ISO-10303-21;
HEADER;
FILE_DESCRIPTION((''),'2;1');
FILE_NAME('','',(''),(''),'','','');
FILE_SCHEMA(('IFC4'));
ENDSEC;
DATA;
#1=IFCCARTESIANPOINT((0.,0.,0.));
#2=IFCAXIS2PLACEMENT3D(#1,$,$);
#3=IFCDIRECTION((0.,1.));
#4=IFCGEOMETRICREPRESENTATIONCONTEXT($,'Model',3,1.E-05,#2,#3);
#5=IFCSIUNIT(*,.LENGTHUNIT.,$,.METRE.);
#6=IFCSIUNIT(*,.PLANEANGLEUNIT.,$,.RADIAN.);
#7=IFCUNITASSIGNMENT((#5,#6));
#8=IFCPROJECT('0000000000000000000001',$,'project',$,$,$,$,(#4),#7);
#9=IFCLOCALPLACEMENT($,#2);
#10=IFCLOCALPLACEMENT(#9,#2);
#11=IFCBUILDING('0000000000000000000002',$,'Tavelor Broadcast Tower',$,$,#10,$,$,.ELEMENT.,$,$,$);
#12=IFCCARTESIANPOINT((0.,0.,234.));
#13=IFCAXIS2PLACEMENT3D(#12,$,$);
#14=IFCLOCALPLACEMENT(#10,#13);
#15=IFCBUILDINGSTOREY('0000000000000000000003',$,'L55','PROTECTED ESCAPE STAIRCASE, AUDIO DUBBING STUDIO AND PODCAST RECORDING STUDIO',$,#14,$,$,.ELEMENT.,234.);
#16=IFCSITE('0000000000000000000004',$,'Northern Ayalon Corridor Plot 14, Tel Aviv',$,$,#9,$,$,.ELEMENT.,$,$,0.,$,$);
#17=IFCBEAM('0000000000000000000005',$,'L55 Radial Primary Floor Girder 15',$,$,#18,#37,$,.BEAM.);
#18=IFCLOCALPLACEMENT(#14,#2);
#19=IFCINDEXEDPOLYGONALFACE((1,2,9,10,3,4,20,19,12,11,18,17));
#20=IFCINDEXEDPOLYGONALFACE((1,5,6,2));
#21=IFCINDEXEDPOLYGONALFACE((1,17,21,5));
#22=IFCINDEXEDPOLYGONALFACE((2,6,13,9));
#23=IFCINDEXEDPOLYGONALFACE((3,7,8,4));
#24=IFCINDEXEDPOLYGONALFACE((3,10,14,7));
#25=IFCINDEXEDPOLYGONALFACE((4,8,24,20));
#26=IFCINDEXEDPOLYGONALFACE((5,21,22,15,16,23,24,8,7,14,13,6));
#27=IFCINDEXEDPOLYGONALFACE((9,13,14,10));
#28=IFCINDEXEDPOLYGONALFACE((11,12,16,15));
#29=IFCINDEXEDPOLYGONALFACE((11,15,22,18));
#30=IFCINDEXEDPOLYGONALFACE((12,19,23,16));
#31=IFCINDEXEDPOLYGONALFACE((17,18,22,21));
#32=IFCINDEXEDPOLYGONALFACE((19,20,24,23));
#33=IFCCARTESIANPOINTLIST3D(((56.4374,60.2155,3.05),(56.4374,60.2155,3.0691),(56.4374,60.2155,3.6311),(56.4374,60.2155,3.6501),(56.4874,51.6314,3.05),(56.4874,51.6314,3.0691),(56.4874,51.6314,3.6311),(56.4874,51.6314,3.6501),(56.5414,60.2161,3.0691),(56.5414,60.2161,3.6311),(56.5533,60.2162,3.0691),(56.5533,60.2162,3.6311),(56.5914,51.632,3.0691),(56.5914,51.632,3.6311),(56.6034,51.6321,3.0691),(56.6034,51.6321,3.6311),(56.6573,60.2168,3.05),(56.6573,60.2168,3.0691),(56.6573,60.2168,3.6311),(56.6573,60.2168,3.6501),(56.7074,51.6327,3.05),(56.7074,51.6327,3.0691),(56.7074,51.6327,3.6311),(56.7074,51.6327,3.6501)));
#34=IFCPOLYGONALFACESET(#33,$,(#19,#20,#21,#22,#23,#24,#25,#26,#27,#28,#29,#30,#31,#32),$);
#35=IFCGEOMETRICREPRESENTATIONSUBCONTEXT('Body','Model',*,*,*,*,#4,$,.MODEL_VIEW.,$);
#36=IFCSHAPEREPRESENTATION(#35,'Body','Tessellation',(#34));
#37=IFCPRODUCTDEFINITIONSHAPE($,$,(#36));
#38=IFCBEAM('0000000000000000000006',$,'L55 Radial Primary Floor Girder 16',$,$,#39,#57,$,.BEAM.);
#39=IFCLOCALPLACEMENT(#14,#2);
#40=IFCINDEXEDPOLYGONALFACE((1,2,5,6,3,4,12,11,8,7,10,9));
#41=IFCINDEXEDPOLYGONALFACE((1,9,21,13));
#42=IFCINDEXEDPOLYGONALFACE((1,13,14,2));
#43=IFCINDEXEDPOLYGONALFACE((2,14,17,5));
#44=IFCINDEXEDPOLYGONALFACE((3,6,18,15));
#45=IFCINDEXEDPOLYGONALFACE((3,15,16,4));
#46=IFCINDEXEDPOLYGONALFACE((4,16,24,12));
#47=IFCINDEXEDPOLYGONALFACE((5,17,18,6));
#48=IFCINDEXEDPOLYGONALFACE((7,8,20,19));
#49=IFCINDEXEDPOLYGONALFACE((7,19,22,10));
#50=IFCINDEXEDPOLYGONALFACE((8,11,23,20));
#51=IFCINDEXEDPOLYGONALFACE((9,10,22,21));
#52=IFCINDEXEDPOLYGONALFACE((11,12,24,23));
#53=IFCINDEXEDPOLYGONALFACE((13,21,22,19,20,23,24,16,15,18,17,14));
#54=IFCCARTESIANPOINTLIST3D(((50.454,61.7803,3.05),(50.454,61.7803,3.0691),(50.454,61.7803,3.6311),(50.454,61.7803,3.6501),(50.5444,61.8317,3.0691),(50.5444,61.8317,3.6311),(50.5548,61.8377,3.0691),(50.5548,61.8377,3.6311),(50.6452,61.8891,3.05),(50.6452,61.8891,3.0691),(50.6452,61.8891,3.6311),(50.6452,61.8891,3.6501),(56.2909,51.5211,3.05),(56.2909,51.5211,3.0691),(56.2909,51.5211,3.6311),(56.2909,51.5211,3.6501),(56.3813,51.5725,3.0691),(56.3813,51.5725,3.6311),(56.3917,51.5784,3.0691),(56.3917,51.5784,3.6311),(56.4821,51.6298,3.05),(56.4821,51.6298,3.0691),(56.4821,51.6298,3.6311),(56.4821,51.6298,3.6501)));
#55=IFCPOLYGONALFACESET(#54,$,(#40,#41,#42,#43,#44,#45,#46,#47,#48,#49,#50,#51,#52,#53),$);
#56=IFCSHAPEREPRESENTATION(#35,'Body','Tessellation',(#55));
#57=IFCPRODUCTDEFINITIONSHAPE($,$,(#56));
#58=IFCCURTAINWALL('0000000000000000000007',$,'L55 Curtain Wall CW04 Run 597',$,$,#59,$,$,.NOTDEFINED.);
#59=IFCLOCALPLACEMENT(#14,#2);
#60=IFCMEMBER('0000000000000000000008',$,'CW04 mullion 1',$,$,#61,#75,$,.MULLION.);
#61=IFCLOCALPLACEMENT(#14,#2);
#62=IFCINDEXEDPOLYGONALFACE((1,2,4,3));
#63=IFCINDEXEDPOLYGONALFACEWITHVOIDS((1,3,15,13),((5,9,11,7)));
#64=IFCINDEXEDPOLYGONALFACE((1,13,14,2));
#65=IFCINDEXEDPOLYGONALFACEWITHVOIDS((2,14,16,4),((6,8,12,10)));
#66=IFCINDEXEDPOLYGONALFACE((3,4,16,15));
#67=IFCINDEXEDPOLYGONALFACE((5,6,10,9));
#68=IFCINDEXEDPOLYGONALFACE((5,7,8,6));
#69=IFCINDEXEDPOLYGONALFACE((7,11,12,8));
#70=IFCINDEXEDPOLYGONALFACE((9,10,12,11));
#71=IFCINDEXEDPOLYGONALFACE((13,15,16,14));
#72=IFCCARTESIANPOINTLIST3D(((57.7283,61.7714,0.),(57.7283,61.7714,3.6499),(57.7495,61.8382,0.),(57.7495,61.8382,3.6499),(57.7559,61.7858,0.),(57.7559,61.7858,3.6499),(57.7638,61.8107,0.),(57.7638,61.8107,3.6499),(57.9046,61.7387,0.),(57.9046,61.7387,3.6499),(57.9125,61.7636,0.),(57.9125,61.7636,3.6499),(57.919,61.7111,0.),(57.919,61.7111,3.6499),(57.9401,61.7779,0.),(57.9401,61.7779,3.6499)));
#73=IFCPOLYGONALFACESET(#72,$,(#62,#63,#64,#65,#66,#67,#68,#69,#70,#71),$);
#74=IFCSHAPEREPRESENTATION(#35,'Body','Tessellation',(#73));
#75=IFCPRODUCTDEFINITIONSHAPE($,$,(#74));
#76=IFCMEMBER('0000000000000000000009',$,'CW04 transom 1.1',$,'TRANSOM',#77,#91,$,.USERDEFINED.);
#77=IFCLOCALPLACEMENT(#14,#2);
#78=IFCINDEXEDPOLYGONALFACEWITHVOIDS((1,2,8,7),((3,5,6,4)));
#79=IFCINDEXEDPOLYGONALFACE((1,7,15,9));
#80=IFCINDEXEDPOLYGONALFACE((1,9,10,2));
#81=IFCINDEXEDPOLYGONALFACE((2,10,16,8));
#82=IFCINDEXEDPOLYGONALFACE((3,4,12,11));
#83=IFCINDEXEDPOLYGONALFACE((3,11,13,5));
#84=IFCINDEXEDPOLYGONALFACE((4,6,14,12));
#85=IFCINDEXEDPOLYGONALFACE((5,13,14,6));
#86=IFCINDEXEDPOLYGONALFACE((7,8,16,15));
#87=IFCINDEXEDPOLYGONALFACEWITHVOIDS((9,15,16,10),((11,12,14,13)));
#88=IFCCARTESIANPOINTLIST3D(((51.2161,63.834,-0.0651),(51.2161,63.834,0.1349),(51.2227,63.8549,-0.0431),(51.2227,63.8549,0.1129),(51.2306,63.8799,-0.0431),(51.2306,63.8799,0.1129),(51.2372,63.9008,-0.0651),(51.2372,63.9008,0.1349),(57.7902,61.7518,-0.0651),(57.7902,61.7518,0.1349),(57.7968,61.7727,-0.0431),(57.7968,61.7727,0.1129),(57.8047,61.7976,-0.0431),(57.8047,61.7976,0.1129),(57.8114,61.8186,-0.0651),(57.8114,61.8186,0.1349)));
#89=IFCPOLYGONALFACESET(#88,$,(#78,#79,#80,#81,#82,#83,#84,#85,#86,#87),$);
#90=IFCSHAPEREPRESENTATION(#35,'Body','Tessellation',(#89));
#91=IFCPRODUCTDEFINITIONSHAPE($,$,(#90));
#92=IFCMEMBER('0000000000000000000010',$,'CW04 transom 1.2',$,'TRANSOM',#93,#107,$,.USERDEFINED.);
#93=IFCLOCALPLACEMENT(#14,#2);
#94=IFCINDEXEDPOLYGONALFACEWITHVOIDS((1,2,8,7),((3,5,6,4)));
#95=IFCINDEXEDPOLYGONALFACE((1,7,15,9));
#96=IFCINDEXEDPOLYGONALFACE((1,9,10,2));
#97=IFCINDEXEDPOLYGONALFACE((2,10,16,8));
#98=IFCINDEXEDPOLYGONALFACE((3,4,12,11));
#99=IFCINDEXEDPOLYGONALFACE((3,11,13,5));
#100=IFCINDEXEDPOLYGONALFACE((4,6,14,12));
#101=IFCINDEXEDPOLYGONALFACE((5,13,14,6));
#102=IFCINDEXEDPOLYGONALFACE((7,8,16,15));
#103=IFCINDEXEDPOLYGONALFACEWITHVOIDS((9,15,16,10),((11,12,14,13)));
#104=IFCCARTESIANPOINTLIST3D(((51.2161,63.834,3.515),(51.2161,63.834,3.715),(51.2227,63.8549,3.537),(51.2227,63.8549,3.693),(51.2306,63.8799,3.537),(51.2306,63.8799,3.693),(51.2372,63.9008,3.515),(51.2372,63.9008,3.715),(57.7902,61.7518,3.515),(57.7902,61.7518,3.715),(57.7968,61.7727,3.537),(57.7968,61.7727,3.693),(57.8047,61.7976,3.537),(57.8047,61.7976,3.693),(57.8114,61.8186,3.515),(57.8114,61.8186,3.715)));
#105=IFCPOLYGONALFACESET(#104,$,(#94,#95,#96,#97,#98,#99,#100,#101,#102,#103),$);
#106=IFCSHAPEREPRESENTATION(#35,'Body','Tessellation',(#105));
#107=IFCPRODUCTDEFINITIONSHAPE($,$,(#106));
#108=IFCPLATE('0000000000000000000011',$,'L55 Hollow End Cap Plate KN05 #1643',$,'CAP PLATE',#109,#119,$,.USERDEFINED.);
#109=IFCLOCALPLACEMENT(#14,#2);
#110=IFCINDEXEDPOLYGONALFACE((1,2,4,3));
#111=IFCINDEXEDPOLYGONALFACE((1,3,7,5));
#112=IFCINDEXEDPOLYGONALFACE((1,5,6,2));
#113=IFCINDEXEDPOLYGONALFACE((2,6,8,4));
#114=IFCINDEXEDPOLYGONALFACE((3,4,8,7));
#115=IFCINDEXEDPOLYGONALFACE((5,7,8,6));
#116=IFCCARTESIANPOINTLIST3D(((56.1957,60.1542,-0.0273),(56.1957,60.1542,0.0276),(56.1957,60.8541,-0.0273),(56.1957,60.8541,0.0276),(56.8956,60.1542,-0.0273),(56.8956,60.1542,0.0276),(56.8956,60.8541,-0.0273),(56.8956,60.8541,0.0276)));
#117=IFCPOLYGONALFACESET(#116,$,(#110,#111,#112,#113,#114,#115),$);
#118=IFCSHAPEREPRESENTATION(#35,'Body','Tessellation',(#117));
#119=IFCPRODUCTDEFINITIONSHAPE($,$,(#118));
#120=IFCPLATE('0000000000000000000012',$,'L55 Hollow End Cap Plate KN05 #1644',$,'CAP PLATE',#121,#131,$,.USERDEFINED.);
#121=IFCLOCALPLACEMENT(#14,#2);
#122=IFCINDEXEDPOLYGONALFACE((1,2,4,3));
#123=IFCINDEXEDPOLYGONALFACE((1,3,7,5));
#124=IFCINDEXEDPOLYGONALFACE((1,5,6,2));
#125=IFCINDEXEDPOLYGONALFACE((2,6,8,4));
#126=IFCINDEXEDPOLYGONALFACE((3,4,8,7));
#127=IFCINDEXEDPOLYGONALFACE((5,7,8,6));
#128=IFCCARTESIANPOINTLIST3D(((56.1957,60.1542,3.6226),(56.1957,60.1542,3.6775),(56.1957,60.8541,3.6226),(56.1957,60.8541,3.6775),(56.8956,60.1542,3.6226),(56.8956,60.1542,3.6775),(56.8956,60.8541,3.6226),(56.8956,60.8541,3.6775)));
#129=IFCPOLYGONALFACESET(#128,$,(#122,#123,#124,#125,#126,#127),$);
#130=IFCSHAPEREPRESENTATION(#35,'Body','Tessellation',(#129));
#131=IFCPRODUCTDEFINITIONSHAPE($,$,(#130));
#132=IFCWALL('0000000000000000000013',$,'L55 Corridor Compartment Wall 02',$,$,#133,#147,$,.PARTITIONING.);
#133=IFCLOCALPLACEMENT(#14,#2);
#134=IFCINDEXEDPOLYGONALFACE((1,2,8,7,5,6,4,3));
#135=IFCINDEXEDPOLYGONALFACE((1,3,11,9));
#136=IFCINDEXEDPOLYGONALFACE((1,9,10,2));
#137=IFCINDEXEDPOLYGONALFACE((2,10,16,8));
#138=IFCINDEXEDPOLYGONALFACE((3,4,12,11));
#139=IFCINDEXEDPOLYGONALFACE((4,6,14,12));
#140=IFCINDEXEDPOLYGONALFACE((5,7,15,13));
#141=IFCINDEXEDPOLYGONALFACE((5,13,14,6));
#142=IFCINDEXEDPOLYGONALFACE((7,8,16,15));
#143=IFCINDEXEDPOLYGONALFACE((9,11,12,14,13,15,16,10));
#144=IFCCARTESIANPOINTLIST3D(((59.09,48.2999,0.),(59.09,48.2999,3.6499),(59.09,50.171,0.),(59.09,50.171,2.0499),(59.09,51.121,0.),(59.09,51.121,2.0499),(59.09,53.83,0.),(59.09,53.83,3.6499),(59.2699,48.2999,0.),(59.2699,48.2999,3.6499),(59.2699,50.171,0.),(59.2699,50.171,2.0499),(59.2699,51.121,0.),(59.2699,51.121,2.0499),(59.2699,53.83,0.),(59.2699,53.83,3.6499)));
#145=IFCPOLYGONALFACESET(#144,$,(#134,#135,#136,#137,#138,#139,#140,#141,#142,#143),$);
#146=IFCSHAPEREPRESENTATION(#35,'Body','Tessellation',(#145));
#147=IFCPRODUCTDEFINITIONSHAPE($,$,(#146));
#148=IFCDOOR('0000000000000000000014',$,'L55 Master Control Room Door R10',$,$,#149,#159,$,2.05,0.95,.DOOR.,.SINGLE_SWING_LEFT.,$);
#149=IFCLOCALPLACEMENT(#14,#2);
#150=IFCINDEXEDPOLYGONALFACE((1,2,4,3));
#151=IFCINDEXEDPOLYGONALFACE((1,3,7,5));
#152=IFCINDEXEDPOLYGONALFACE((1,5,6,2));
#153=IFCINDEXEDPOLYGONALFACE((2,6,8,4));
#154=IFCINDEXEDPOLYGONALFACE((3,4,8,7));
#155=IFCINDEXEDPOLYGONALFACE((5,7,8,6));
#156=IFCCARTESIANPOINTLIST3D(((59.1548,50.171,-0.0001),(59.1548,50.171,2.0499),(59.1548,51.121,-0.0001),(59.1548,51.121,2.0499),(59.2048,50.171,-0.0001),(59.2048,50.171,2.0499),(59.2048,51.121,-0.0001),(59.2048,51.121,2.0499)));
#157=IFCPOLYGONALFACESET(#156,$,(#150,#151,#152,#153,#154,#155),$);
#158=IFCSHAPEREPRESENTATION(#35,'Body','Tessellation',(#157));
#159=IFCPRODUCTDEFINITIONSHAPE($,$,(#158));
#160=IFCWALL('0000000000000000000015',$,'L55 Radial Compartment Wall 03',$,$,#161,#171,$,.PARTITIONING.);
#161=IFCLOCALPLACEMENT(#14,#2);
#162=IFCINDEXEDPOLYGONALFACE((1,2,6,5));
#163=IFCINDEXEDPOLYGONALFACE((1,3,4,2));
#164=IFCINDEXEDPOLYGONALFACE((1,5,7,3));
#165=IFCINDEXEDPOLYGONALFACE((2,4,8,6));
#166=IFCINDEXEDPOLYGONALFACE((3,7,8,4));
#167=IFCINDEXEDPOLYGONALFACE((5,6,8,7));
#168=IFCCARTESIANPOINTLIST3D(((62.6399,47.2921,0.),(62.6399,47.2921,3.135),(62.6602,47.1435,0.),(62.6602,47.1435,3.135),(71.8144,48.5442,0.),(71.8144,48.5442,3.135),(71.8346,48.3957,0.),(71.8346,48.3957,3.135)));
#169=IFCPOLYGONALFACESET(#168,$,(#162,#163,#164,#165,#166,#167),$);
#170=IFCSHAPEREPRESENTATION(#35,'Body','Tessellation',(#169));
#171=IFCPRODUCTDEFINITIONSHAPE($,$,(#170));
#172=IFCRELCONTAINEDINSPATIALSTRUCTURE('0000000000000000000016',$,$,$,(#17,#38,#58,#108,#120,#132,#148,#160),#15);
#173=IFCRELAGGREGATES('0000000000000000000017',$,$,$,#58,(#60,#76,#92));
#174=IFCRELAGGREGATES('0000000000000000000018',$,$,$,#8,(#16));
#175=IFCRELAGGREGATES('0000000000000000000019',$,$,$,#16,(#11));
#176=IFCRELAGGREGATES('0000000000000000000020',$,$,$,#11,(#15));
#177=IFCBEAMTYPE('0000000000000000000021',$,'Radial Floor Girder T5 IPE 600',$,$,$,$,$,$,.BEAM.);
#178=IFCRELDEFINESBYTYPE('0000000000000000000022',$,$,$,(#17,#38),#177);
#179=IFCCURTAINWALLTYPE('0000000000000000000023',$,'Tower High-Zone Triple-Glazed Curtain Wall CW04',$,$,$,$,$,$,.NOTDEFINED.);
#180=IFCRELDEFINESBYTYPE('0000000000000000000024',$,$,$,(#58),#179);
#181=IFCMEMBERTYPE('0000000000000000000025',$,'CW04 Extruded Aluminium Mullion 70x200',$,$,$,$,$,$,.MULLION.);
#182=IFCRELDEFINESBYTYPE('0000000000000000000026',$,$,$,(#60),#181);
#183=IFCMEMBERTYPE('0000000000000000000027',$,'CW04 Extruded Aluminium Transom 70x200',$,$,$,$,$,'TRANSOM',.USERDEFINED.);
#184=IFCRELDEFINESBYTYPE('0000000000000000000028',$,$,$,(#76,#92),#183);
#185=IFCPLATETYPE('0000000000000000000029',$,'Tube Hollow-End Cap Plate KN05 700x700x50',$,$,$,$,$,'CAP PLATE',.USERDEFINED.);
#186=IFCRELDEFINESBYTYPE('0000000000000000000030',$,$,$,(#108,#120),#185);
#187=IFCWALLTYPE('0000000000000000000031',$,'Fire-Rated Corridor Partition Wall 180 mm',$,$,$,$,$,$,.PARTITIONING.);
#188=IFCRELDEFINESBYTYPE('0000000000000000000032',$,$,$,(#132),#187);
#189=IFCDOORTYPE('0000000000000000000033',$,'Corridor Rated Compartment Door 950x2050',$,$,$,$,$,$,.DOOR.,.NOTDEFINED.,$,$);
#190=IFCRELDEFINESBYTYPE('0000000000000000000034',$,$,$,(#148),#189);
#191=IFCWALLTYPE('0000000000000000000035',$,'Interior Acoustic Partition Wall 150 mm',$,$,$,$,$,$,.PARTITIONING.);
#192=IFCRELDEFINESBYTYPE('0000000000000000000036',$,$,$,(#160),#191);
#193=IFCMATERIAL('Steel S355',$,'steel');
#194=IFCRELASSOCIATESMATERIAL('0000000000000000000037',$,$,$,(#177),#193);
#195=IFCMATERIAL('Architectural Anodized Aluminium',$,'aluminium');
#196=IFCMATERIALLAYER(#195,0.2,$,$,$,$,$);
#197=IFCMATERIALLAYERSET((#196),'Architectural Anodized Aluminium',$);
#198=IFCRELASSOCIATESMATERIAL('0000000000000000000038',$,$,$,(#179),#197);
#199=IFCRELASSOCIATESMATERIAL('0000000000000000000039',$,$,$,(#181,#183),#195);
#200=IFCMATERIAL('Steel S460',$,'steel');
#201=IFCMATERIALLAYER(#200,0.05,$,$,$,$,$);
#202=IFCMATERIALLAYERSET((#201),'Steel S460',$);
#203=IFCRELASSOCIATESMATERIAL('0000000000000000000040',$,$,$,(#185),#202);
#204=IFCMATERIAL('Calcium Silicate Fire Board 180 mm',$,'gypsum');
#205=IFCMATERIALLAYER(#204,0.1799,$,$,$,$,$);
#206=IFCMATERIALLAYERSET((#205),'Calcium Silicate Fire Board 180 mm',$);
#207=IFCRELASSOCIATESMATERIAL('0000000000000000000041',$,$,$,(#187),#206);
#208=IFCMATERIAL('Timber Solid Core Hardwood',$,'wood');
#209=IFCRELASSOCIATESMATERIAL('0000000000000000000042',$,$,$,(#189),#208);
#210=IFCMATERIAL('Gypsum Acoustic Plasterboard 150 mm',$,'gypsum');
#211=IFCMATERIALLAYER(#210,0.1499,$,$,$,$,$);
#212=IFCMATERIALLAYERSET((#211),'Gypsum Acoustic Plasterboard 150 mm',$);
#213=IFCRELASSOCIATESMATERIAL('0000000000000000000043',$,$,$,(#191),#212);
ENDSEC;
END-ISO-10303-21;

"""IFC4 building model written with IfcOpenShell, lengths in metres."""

from ifc_helpers import new_model, si_unit, direction, frame, frame_2d, origin, origin_2d, place, context, subcontext, project, spatial, rectangle, hollow_rectangle, i_section, extrude, source, transform, mapped, material, layer, layer_set, material_profile, profile_set, type_object, type_shapes, element, fill, aggregate, save


model = new_model("IFC4")

# Units and contexts
model_context = context("Model", 3, precision=1e-05, world=origin(), true_north=direction((0.0, 1.0)))
body_context = subcontext(model_context, "Body", "Model", "MODEL_VIEW")
ifc_project = project(units=[si_unit("LENGTHUNIT", "METRE"), si_unit("PLANEANGLEUNIT", "RADIAN")], contexts=[model_context])

# Site, building, storey
site_placement = place(None, origin())
site = spatial("IfcSite", under=ifc_project, at=site_placement, Name="Northern Ayalon Corridor Plot 14, Tel Aviv", CompositionType="ELEMENT", RefElevation=0.0)
building_placement = place(site_placement, origin())
building = spatial("IfcBuilding", under=site, at=building_placement, Name="Tavelor Broadcast Tower", CompositionType="ELEMENT")
storey_placement = place(building_placement, frame((0.0, 0.0, 234.0)))
storey = spatial("IfcBuildingStorey", under=building, at=storey_placement, Name="L55", Description="PROTECTED ESCAPE STAIRCASE, AUDIO DUBBING STUDIO AND PODCAST RECORDING STUDIO", CompositionType="ELEMENT", Elevation=234.0)

# Shared definitions
ifc_material_1 = material(Name="Steel S460", Category="steel")

# Beams
ifc_material_2 = material(Name="Steel S355", Category="steel")
ifc_material_profile_1 = material_profile(ifc_material_2, i_section(OverallWidth=0.22, OverallDepth=0.6001, WebThickness=0.012, FlangeThickness=0.019, at=origin_2d()), Name="IPE 600")
ifc_profile_set_1 = profile_set([ifc_material_profile_1], Name="Steel S355")
beam_type_1 = type_object("IfcBeamType", Name="Radial Floor Girder T5 IPE 600", PredefinedType="BEAM", material=ifc_profile_set_1)
beam_1_placement = place(storey_placement, frame((56.5974, 51.6321, 3.3501), z_axis=(-0.00583, 0.999983, 0.0), x_axis=(-0.999983, -0.00583, 0.0)))
element("IfcBeam", 1, at=beam_1_placement, inside=storey, type_object=beam_type_1, Name="L55 Radial Primary Floor Girder 15", PredefinedType="BEAM", context=body_context, shape_type="SweptSolid", body=[
    extrude(i_section(OverallWidth=0.22, OverallDepth=0.6001, WebThickness=0.012, FlangeThickness=0.019, at=origin_2d()), origin(), (0.0, 0.0, 1.0), 8.5842),
])
beam_2_placement = place(storey_placement, frame((56.3865, 51.5754, 3.3501), z_axis=(-0.494508, 0.869173, 0.0), x_axis=(-0.869173, -0.494508, 0.0)))
element("IfcBeam", 2, at=beam_2_placement, inside=storey, type_object=beam_type_1, Name="L55 Radial Primary Floor Girder 16", PredefinedType="BEAM", context=body_context, shape_type="SweptSolid", body=[
    extrude(i_section(OverallWidth=0.22, OverallDepth=0.6001, WebThickness=0.012, FlangeThickness=0.019, at=origin_2d()), origin(), (0.0, 0.0, 1.0), 11.8035),
])

# Curtain wall, members
ifc_material_3 = material(Name="Architectural Anodized Aluminium", Category="aluminium")
ifc_layer_1 = layer(ifc_material_3, 0.2)
ifc_layer_set_1 = layer_set([ifc_layer_1], Name="Architectural Anodized Aluminium")
curtain_wall_type = type_object("IfcCurtainWallType", Name="Tower High-Zone Triple-Glazed Curtain Wall CW04", PredefinedType="NOTDEFINED", material=ifc_layer_set_1)
curtain_wall_placement = place(storey_placement, origin())
curtain_wall = element("IfcCurtainWall", 3, at=curtain_wall_placement, inside=storey, type_object=curtain_wall_type, Name="L55 Curtain Wall CW04 Run 597", PredefinedType="NOTDEFINED")
ifc_material_profile_2 = material_profile(ifc_material_3, hollow_rectangle(XDim=0.0701, YDim=0.2, WallThickness=0.022, at=origin_2d()), Name="RHS 70x200x22")
ifc_profile_set_2 = profile_set([ifc_material_profile_2], Name="Architectural Anodized Aluminium")
member_type_1 = type_object("IfcMemberType", Name="CW04 Extruded Aluminium Mullion 70x200", PredefinedType="MULLION", material=ifc_profile_set_2)
shared_shape_1 = source(origin(), body_context, "Body", "SweptSolid", [
    extrude(hollow_rectangle(XDim=0.0701, YDim=0.2, WallThickness=0.022, at=origin_2d()), origin(), (0.0, 0.0, 1.0), 3.6499),
])
type_shapes(member_type_1, [shared_shape_1])
member_1_placement = place(storey_placement, frame((57.8342, 61.7747, 0.0), z_axis=(0.0, 0.0, 1.0), x_axis=(-0.30196, -0.953321, 0.0)))
member_1 = element("IfcMember", 4, at=member_1_placement, type_object=member_type_1, Name="CW04 mullion 1", PredefinedType="MULLION", context=body_context, shape_type="MappedRepresentation", body=[
    mapped(shared_shape_1, transform((0.0, 0.0, 0.0), scale=1.0)),
])
ifc_material_profile_3 = material_profile(ifc_material_3, hollow_rectangle(XDim=0.0701, YDim=0.2, WallThickness=0.022, at=origin_2d()), Name="RHS 70x200x22")
ifc_profile_set_3 = profile_set([ifc_material_profile_3], Name="Architectural Anodized Aluminium")
member_type_2 = type_object("IfcMemberType", Name="CW04 Extruded Aluminium Transom 70x200", ElementType="TRANSOM", PredefinedType="USERDEFINED", material=ifc_profile_set_3)
shared_shape_2 = source(origin(), body_context, "Body", "SweptSolid", [
    extrude(hollow_rectangle(XDim=0.0701, YDim=0.2, WallThickness=0.022, at=origin_2d()), origin(), (0.0, 0.0, 1.0), 6.896),
])
type_shapes(member_type_2, [shared_shape_2])
member_2_placement = place(storey_placement, frame((57.8008, 61.7852, 0.0349), z_axis=(-0.953324, 0.30195, 0.0), x_axis=(-0.30195, -0.953324, 0.0)))
member_2 = element("IfcMember", 5, at=member_2_placement, type_object=member_type_2, Name="CW04 transom 1.1", ObjectType="TRANSOM", PredefinedType="USERDEFINED", context=body_context, shape_type="MappedRepresentation", body=[
    mapped(shared_shape_2, transform((0.0, 0.0, 0.0), scale=1.0)),
])
member_3_placement = place(storey_placement, frame((57.8008, 61.7852, 3.615), z_axis=(-0.953324, 0.30195, 0.0), x_axis=(-0.30195, -0.953324, 0.0)))
member_3 = element("IfcMember", 6, at=member_3_placement, type_object=member_type_2, Name="CW04 transom 1.2", ObjectType="TRANSOM", PredefinedType="USERDEFINED", context=body_context, shape_type="MappedRepresentation", body=[
    mapped(shared_shape_2, transform((0.0, 0.0, 0.0), scale=1.0)),
])
aggregate(curtain_wall, [member_1, member_2, member_3])

# Plates
ifc_layer_2 = layer(ifc_material_1, 0.05)
ifc_layer_set_2 = layer_set([ifc_layer_2], Name="Steel S460")
plate_type = type_object("IfcPlateType", Name="Tube Hollow-End Cap Plate KN05 700x700x50", ElementType="CAP PLATE", PredefinedType="USERDEFINED", material=ifc_layer_set_2)
shared_shape_3 = source(origin(), body_context, "Body", "SweptSolid", [
    extrude(rectangle(XDim=0.7, YDim=0.7, at=origin_2d()), origin(), (0.0, 0.0, 1.0), 0.0549),
])
type_shapes(plate_type, [shared_shape_3])
for number, where, z_axis, x_axis, name in (
    (7, (56.5457, 60.5042, -0.0273), (0.0, 0.0, 1.0), (1.0, 0.0, 0.0), "L55 Hollow End Cap Plate KN05 #1643"),
    (8, (56.5457, 60.5042, 3.6226), (0.0, 0.0, 1.0), (1.0, 0.0, 0.0), "L55 Hollow End Cap Plate KN05 #1644"),
):
    element("IfcPlate", number, at=place(storey_placement, frame(where, z_axis=z_axis, x_axis=x_axis)), inside=storey, type_object=plate_type, Name=name, ObjectType="CAP PLATE", PredefinedType="USERDEFINED", context=body_context, shape_type="MappedRepresentation", body=[
        mapped(shared_shape_3, transform((0.0, 0.0, 0.0), scale=1.0)),
    ])

# Wall, opening, door
ifc_material_4 = material(Name="Calcium Silicate Fire Board 180 mm", Category="gypsum")
ifc_layer_3 = layer(ifc_material_4, 0.1799)
ifc_layer_set_3 = layer_set([ifc_layer_3], Name="Calcium Silicate Fire Board 180 mm")
wall_type_1 = type_object("IfcWallType", Name="Fire-Rated Corridor Partition Wall 180 mm", PredefinedType="PARTITIONING", material=ifc_layer_set_3)
wall_1_placement = place(storey_placement, frame((59.1799, 53.8301, 0.0), z_axis=(0.0, 0.0, 1.0), x_axis=(0.0, -1.0, 0.0)))
wall_1 = element("IfcWall", 9, at=wall_1_placement, inside=storey, type_object=wall_type_1, Name="L55 Corridor Compartment Wall 02", PredefinedType="PARTITIONING", context=body_context, shape_type="SweptSolid", body=[
    extrude(rectangle(XDim=5.53, YDim=0.1799, at=frame_2d((2.7651, 0.0))), origin(), (0.0, 0.0, 1.0), 3.6499),
])
opening_1_placement = place(wall_1_placement, frame((2.709, 0.0, 0.0)))
opening_1 = element("IfcOpeningElement", 10, at=opening_1_placement, cuts=wall_1, PredefinedType="OPENING", context=body_context, shape_type="SweptSolid", body=[
    extrude(rectangle(XDim=0.95, YDim=2.05, at=frame_2d((0.4751, 1.0249))), frame((0.0, 0.1001, 0.0), z_axis=(0.0, -1.0, 0.0), x_axis=(1.0, 0.0, 0.0)), (0.0, 0.0, 1.0), 0.2),
])
ifc_material_5 = material(Name="Timber Solid Core Hardwood", Category="wood")
door_type = type_object("IfcDoorType", Name="Corridor Rated Compartment Door 950x2050", OperationType="NOTDEFINED", PredefinedType="DOOR", material=ifc_material_5)
door_1_placement = place(opening_1_placement, origin())
door_1 = element("IfcDoor", 11, at=door_1_placement, inside=storey, type_object=door_type, Name="L55 Master Control Room Door R10", OperationType="SINGLE_SWING_LEFT", OverallHeight=2.05, OverallWidth=0.95, PredefinedType="DOOR", context=body_context, shape_type="SweptSolid", body=[
    extrude(rectangle(XDim=0.95, YDim=2.05, at=frame_2d((0.4751, 1.0249))), frame((0.0, 0.0249, 0.0), z_axis=(0.0, -1.0, 0.0), x_axis=(1.0, 0.0, 0.0)), (0.0, 0.0, 1.0), 0.05),
])
fill(opening_1, door_1)

# Wall
ifc_material_6 = material(Name="Gypsum Acoustic Plasterboard 150 mm", Category="gypsum")
ifc_layer_4 = layer(ifc_material_6, 0.1499)
ifc_layer_set_4 = layer_set([ifc_layer_4], Name="Gypsum Acoustic Plasterboard 150 mm")
wall_type_2 = type_object("IfcWallType", Name="Interior Acoustic Partition Wall 150 mm", PredefinedType="PARTITIONING", material=ifc_layer_set_4)
wall_2_placement = place(storey_placement, frame((62.6499, 47.2178, 0.0), z_axis=(0.0, 0.0, 1.0), x_axis=(0.990814, 0.135232, 0.0)))
element("IfcWall", 12, at=wall_2_placement, inside=storey, type_object=wall_type_2, Name="L55 Radial Compartment Wall 03", PredefinedType="PARTITIONING", context=body_context, shape_type="SweptSolid", body=[
    extrude(rectangle(XDim=9.2595, YDim=0.1499, at=frame_2d((4.6299, 0.0))), origin(), (0.0, 0.0, 1.0), 3.135),
])

save(model, "model.ifc")
